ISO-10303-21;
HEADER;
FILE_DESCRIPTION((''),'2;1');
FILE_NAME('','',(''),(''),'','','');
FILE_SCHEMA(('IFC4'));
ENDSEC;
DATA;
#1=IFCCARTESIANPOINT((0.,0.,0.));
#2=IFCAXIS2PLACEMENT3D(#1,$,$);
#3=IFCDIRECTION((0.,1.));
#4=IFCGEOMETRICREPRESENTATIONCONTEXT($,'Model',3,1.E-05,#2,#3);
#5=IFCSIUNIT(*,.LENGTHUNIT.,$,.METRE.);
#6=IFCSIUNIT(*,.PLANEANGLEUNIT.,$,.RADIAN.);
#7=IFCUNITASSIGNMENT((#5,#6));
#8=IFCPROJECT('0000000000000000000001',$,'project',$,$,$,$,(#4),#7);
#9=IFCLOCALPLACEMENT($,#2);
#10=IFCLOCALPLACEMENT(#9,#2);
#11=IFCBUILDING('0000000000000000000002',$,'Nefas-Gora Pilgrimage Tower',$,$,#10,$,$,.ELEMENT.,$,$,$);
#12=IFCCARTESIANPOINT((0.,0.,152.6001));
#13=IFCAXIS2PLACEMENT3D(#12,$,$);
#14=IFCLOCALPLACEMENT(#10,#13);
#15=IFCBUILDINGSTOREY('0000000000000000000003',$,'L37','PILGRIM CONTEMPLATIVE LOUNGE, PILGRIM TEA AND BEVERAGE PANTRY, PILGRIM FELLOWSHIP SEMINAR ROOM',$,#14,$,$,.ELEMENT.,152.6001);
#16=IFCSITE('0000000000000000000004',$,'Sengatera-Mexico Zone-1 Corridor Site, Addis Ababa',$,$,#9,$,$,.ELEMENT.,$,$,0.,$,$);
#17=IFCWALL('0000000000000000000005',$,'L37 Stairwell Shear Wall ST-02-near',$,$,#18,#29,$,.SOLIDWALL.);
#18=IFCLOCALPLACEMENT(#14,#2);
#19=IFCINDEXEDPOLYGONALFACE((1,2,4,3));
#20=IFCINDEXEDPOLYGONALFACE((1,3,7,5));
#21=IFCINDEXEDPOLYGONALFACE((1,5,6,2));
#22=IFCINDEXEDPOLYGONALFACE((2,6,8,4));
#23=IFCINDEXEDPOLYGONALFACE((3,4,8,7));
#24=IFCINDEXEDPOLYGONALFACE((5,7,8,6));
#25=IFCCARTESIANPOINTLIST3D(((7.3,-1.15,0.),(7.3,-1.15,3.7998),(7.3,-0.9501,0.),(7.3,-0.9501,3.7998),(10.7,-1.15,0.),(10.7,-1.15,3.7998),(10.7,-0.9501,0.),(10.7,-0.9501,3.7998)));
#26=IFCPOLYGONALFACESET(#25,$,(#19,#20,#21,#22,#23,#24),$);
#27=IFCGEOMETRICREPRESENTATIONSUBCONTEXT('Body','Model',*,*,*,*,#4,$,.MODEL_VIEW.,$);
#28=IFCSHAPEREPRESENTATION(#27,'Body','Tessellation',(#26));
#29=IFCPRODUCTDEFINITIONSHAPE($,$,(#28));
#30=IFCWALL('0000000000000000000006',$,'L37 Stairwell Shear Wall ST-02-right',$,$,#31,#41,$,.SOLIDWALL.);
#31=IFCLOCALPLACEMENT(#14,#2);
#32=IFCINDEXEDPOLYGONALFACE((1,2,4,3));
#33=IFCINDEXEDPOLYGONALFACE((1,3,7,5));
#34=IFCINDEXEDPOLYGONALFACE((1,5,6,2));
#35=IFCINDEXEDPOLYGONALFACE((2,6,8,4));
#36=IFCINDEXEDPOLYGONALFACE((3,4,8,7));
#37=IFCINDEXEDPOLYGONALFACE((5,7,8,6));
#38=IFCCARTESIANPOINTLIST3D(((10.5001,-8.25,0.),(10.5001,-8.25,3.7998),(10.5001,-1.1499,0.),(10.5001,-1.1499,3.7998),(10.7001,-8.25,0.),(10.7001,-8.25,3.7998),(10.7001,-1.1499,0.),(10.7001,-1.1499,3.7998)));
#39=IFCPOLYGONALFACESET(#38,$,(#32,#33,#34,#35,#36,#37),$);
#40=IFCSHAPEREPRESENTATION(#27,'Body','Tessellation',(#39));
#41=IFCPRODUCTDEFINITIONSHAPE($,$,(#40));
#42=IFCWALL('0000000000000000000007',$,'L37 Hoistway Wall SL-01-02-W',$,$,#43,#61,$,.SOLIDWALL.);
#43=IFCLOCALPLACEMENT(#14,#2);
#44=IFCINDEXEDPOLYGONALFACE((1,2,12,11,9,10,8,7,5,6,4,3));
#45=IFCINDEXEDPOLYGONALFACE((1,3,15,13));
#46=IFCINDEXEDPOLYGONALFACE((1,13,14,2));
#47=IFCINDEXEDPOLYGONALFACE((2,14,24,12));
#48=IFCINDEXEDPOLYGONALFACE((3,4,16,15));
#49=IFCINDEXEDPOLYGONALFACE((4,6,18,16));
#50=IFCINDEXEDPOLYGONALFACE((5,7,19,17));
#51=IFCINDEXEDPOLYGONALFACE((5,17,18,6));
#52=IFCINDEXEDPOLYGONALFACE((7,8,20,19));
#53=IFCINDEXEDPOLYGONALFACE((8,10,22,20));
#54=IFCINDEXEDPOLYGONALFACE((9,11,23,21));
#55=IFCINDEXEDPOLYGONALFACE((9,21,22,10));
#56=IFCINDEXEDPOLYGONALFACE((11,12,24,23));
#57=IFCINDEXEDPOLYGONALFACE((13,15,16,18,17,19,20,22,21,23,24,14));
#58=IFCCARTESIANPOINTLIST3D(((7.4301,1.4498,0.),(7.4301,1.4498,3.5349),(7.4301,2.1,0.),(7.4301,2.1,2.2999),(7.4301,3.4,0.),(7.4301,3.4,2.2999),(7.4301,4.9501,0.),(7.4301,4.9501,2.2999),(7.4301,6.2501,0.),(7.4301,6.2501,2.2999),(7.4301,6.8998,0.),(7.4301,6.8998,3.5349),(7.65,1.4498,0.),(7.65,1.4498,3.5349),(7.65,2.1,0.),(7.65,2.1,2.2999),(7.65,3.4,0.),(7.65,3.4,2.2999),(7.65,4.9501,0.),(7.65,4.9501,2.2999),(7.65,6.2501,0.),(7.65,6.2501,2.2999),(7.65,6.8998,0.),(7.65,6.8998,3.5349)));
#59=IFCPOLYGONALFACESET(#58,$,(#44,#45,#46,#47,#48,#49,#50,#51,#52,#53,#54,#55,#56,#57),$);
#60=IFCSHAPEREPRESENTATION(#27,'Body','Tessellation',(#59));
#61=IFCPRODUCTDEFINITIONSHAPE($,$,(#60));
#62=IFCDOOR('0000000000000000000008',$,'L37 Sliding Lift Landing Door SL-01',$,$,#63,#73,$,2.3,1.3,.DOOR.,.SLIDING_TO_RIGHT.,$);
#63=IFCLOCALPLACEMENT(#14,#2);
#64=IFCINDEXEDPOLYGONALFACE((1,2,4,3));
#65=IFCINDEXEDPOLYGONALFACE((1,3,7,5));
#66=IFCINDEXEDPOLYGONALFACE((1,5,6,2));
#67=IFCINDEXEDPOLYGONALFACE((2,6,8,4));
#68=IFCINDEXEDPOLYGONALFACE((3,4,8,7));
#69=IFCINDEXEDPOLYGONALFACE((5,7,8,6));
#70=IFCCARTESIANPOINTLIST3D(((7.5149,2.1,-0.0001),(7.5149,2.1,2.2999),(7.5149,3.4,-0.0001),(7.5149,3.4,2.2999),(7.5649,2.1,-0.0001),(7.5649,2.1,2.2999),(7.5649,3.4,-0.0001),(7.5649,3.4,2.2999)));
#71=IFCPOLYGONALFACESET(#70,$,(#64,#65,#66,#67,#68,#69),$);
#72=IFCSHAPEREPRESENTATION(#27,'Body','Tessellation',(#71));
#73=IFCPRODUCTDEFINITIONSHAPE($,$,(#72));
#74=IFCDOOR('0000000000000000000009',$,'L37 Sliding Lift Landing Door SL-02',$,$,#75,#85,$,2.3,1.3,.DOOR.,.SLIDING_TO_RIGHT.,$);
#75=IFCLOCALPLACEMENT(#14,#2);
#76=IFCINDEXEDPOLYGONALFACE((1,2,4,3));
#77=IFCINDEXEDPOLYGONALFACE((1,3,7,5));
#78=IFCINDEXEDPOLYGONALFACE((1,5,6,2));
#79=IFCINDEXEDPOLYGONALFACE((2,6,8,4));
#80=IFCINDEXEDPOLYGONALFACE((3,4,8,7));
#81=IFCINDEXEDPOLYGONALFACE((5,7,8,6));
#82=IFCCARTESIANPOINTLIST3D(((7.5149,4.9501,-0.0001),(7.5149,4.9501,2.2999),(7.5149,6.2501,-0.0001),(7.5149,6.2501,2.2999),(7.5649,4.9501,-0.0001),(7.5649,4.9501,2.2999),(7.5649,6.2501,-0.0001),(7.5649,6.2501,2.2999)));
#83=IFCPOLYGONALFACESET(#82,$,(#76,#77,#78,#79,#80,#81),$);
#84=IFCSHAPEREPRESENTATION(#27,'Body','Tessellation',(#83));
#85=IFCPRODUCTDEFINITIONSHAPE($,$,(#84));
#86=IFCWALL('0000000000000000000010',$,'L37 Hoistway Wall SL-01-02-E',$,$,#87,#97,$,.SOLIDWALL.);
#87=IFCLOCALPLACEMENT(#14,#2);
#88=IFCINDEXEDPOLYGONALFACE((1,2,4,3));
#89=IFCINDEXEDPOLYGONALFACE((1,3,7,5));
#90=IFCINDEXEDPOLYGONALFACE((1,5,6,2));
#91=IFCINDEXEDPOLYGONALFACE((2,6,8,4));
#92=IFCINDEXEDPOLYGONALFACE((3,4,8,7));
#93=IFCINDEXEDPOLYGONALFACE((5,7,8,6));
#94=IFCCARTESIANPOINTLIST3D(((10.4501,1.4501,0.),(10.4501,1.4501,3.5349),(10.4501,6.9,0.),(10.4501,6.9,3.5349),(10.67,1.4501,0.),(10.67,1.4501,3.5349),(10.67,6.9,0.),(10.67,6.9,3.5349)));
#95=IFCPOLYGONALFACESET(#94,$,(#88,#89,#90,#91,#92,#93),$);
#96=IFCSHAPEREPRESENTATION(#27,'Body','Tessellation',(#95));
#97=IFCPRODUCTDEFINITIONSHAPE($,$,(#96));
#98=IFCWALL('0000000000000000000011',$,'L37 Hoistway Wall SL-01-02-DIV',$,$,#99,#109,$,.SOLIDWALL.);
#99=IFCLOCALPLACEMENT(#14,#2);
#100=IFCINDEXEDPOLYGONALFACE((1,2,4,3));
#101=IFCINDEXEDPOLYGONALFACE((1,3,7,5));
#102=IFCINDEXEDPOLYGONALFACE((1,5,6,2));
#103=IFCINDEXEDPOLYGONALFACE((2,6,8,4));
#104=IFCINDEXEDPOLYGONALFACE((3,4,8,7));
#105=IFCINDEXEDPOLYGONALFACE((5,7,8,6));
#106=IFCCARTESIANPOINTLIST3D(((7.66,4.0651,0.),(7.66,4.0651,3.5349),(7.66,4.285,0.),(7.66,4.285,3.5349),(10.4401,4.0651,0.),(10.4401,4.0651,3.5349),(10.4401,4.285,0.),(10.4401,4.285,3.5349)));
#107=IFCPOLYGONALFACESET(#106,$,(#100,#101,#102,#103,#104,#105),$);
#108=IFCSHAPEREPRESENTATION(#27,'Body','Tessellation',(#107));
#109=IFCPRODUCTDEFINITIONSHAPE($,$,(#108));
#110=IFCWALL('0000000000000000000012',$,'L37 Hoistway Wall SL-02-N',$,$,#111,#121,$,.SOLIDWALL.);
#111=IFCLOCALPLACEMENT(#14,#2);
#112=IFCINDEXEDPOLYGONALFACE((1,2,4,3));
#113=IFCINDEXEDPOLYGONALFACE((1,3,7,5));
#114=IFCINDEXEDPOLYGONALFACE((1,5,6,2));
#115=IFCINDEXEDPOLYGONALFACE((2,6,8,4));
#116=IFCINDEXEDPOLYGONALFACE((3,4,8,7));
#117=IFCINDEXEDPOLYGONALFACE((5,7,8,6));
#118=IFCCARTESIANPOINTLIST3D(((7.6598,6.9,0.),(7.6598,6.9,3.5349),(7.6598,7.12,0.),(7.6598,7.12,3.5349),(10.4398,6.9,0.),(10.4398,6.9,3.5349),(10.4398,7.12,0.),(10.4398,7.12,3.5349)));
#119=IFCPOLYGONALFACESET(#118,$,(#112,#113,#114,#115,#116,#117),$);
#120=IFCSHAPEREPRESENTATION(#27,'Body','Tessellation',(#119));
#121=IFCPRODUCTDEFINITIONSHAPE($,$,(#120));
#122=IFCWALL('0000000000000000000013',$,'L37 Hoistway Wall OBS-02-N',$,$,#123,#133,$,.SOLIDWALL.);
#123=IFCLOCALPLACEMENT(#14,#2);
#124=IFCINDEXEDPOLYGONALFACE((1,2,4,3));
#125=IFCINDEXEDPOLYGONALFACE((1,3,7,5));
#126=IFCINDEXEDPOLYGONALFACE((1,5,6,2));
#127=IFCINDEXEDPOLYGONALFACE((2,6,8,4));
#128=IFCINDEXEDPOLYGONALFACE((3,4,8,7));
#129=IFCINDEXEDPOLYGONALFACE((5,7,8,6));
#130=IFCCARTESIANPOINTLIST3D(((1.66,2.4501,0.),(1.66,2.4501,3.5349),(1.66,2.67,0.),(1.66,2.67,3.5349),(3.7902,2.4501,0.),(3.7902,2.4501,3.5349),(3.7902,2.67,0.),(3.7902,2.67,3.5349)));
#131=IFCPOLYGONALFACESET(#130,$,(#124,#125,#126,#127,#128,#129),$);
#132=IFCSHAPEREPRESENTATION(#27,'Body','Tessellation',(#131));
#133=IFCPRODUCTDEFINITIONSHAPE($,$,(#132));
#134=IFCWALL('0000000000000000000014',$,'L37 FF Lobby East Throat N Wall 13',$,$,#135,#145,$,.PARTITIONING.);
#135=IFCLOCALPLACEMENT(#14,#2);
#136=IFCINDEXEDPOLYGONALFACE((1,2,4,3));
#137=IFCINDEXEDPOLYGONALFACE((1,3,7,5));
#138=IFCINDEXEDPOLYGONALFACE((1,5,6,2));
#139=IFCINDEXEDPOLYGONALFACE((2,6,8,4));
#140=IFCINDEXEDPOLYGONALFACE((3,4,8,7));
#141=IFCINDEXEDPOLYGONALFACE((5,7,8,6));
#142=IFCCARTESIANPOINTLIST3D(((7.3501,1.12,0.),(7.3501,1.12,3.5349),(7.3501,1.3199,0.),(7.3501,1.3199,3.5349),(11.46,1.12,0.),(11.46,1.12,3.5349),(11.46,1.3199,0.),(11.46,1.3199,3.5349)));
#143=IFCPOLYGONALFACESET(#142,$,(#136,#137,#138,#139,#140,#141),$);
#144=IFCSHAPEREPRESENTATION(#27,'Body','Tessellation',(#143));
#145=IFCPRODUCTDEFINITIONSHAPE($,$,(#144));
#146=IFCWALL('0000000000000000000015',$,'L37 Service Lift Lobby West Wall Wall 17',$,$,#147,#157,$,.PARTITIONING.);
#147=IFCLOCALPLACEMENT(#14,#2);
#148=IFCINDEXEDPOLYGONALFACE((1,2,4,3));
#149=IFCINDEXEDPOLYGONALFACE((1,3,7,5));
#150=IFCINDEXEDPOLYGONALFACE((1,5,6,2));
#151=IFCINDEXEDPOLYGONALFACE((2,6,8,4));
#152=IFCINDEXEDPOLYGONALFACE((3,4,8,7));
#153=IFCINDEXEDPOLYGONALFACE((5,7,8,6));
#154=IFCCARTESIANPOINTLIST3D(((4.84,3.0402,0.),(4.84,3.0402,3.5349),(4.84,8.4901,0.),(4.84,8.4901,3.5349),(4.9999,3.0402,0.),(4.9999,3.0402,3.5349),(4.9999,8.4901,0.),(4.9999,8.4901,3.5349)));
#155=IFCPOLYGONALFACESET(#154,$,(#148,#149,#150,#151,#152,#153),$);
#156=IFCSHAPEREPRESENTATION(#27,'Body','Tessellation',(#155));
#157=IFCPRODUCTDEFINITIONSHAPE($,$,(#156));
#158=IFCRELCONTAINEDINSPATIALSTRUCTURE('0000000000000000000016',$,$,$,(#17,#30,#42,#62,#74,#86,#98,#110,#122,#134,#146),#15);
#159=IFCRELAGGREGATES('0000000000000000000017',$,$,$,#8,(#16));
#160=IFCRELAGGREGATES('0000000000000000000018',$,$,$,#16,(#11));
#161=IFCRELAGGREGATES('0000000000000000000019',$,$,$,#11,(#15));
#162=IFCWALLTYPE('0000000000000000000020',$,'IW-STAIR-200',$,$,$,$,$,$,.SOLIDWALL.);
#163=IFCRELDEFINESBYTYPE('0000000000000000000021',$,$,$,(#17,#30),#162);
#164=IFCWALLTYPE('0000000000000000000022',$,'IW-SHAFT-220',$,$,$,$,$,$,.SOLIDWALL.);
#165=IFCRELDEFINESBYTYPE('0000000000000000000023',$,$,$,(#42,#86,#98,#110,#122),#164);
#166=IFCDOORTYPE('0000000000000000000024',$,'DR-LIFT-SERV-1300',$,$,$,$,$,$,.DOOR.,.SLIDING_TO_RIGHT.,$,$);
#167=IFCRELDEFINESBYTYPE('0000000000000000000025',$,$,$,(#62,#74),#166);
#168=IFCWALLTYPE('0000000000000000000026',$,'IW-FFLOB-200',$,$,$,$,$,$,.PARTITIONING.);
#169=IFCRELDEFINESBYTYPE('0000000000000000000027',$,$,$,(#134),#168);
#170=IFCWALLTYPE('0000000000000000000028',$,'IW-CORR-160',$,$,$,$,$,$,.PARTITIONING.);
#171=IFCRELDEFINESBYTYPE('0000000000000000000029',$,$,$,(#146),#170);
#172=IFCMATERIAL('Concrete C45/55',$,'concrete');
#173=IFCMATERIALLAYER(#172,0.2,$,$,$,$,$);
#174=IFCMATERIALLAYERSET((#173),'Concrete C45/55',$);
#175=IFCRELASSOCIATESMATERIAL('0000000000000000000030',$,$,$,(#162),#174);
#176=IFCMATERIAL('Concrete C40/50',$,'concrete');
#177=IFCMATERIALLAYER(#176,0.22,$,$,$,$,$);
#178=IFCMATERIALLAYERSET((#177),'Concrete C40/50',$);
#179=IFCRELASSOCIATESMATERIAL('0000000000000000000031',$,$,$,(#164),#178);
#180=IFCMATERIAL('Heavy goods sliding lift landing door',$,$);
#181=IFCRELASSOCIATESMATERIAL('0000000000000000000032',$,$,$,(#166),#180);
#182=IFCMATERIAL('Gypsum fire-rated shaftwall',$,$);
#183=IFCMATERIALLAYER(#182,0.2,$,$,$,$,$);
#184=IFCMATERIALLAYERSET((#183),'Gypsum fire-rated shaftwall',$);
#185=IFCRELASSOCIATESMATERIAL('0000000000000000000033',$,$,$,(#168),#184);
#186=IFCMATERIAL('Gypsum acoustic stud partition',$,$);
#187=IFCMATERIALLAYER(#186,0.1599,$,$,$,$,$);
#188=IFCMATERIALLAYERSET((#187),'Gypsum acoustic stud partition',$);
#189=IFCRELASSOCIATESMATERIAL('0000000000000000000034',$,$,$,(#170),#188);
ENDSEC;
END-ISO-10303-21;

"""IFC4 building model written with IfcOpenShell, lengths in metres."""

from ifc_helpers import new_model, si_unit, direction, frame, frame_2d, origin, place, context, subcontext, project, spatial, rectangle, extrude, source, transform, mapped, material, layer, layer_set, type_object, element, fill, save


model = new_model("IFC4")

# Units and contexts
model_context = context("Model", 3, precision=1e-05, world=origin(), true_north=direction((0.0, 1.0)))
body_context = subcontext(model_context, "Body", "Model", "MODEL_VIEW")
ifc_project = project(units=[si_unit("LENGTHUNIT", "METRE"), si_unit("PLANEANGLEUNIT", "RADIAN")], contexts=[model_context])

# Site, building, storey
site_placement = place(None, origin())
site = spatial("IfcSite", under=ifc_project, at=site_placement, Name="Sengatera-Mexico Zone-1 Corridor Site, Addis Ababa", CompositionType="ELEMENT", RefElevation=0.0)
building_placement = place(site_placement, origin())
building = spatial("IfcBuilding", under=site, at=building_placement, Name="Nefas-Gora Pilgrimage Tower", CompositionType="ELEMENT")
storey_placement = place(building_placement, frame((0.0, 0.0, 152.6001)))
storey = spatial("IfcBuildingStorey", under=building, at=storey_placement, Name="L37", Description="PILGRIM CONTEMPLATIVE LOUNGE, PILGRIM TEA AND BEVERAGE PANTRY, PILGRIM FELLOWSHIP SEMINAR ROOM", CompositionType="ELEMENT", Elevation=152.6001)

# Walls
ifc_material_1 = material(Name="Concrete C45/55", Category="concrete")
ifc_layer_1 = layer(ifc_material_1, 0.2)
ifc_layer_set_1 = layer_set([ifc_layer_1], Name="Concrete C45/55")
wall_type_1 = type_object("IfcWallType", Name="IW-STAIR-200", PredefinedType="SOLIDWALL", material=ifc_layer_set_1)
shared_shape_1 = source(origin(), body_context, "Body", "SweptSolid", [
    extrude(rectangle(XDim=3.3999, YDim=0.2, at=frame_2d((1.7, 0.0))), origin(), (0.0, 0.0, 1.0), 3.7998),
])
wall_1_placement = place(storey_placement, frame((7.3, -1.05, 0.0), z_axis=(0.0, 0.0, 1.0), x_axis=(1.0, 0.0, 0.0)))
element("IfcWall", 1, at=wall_1_placement, inside=storey, type_object=wall_type_1, Name="L37 Stairwell Shear Wall ST-02-near", PredefinedType="SOLIDWALL", context=body_context, shape_type="MappedRepresentation", body=[
    mapped(shared_shape_1, transform((0.0, 0.0, 0.0), x_axis=(1.0, 0.0, 0.0), y_axis=(0.0, 1.0, 0.0), z_axis=(0.0, 0.0, 1.0), scale=1.0)),
])
shared_shape_2 = source(origin(), body_context, "Body", "SweptSolid", [
    extrude(rectangle(XDim=7.1001, YDim=0.2, at=frame_2d((3.55, 0.0))), origin(), (0.0, 0.0, 1.0), 3.7998),
])
wall_2_placement = place(storey_placement, frame((10.6001, -1.1499, 0.0), z_axis=(0.0, 0.0, 1.0), x_axis=(0.0, -1.0, 0.0)))
element("IfcWall", 2, at=wall_2_placement, inside=storey, type_object=wall_type_1, Name="L37 Stairwell Shear Wall ST-02-right", PredefinedType="SOLIDWALL", context=body_context, shape_type="MappedRepresentation", body=[
    mapped(shared_shape_2, transform((0.0, 0.0, 0.0), x_axis=(1.0, 0.0, 0.0), y_axis=(0.0, 1.0, 0.0), z_axis=(0.0, 0.0, 1.0), scale=1.0)),
])

# Wall, openings, doors
ifc_material_2 = material(Name="Concrete C40/50", Category="concrete")
ifc_layer_2 = layer(ifc_material_2, 0.22)
ifc_layer_set_2 = layer_set([ifc_layer_2], Name="Concrete C40/50")
wall_type_2 = type_object("IfcWallType", Name="IW-SHAFT-220", PredefinedType="SOLIDWALL", material=ifc_layer_set_2)
shared_shape_3 = source(origin(), body_context, "Body", "SweptSolid", [
    extrude(rectangle(XDim=5.45, YDim=0.22, at=frame_2d((2.7251, 0.0))), origin(), (0.0, 0.0, 1.0), 3.5349),
])
wall_3_placement = place(storey_placement, frame((7.54, 6.8999, 0.0), z_axis=(0.0, 0.0, 1.0), x_axis=(0.0, -1.0, 0.0)))
wall_3 = element("IfcWall", 3, at=wall_3_placement, inside=storey, type_object=wall_type_2, Name="L37 Hoistway Wall SL-01-02-W", PredefinedType="SOLIDWALL", context=body_context, shape_type="MappedRepresentation", body=[
    mapped(shared_shape_3, transform((0.0, 0.0, 0.0), x_axis=(1.0, 0.0, 0.0), y_axis=(0.0, 1.0, 0.0), z_axis=(0.0, 0.0, 1.0), scale=1.0)),
])
opening_1_placement = place(wall_3_placement, frame((3.5, 0.0, 0.0)))
opening_1 = element("IfcOpeningElement", 4, at=opening_1_placement, cuts=wall_3, PredefinedType="OPENING", context=body_context, shape_type="SweptSolid", body=[
    extrude(rectangle(XDim=1.3, YDim=2.3, at=frame_2d((0.6499, 1.1499))), frame((0.0, 0.1199, 0.0), z_axis=(0.0, -1.0, 0.0), x_axis=(1.0, 0.0, 0.0)), (0.0, 0.0, 1.0), 0.24),
])
opening_2_placement = place(wall_3_placement, frame((0.6499, 0.0, 0.0)))
opening_2 = element("IfcOpeningElement", 5, at=opening_2_placement, cuts=wall_3, PredefinedType="OPENING", context=body_context, shape_type="SweptSolid", body=[
    extrude(rectangle(XDim=1.3, YDim=2.3, at=frame_2d((0.6499, 1.1499))), frame((0.0, 0.1199, 0.0), z_axis=(0.0, -1.0, 0.0), x_axis=(1.0, 0.0, 0.0)), (0.0, 0.0, 1.0), 0.24),
])
ifc_material_3 = material(Name="Heavy goods sliding lift landing door")
door_type_1 = type_object("IfcDoorType", Name="DR-LIFT-SERV-1300", OperationType="SLIDING_TO_RIGHT", PredefinedType="DOOR", material=ifc_material_3)
shared_shape_4 = source(origin(), body_context, "Body", "SweptSolid", [
    extrude(rectangle(XDim=1.3, YDim=2.3, at=frame_2d((0.6499, 1.1499))), frame((0.0, 0.0249, 0.0), z_axis=(0.0, -1.0, 0.0), x_axis=(1.0, 0.0, 0.0)), (0.0, 0.0, 1.0), 0.05),
])
door_1_placement = place(opening_1_placement, origin())
door_1 = element("IfcDoor", 6, at=door_1_placement, inside=storey, type_object=door_type_1, Name="L37 Sliding Lift Landing Door SL-01", OperationType="SLIDING_TO_RIGHT", OverallHeight=2.3, OverallWidth=1.3, PredefinedType="DOOR", context=body_context, shape_type="MappedRepresentation", body=[
    mapped(shared_shape_4, transform((0.0, 0.0, 0.0), x_axis=(1.0, 0.0, 0.0), y_axis=(0.0, 1.0, 0.0), z_axis=(0.0, 0.0, 1.0), scale=1.0)),
])
fill(opening_1, door_1)
door_2_placement = place(opening_2_placement, origin())
door_2 = element("IfcDoor", 7, at=door_2_placement, inside=storey, type_object=door_type_1, Name="L37 Sliding Lift Landing Door SL-02", OperationType="SLIDING_TO_RIGHT", OverallHeight=2.3, OverallWidth=1.3, PredefinedType="DOOR", context=body_context, shape_type="MappedRepresentation", body=[
    mapped(shared_shape_4, transform((0.0, 0.0, 0.0), x_axis=(1.0, 0.0, 0.0), y_axis=(0.0, 1.0, 0.0), z_axis=(0.0, 0.0, 1.0), scale=1.0)),
])
fill(opening_2, door_2)

# Walls
wall_4_placement = place(storey_placement, frame((10.5601, 1.45, 0.0), z_axis=(0.0, 0.0, 1.0), x_axis=(0.0, 1.0, 0.0)))
element("IfcWall", 8, at=wall_4_placement, inside=storey, type_object=wall_type_2, Name="L37 Hoistway Wall SL-01-02-E", PredefinedType="SOLIDWALL", context=body_context, shape_type="MappedRepresentation", body=[
    mapped(shared_shape_3, transform((0.0, 0.0, 0.0), x_axis=(1.0, 0.0, 0.0), y_axis=(0.0, 1.0, 0.0), z_axis=(0.0, 0.0, 1.0), scale=1.0)),
])
shared_shape_5 = source(origin(), body_context, "Body", "SweptSolid", [
    extrude(rectangle(XDim=2.78, YDim=0.22, at=frame_2d((1.3901, 0.0))), origin(), (0.0, 0.0, 1.0), 3.5349),
])
for number, where, z_axis, x_axis, name in (
    (9, (7.6599, 4.175, 0.0), (0.0, 0.0, 1.0), (1.0, 0.0, 0.0), "L37 Hoistway Wall SL-01-02-DIV"),
    (10, (10.4399, 7.01, 0.0), (0.0, 0.0, 1.0), (-1.0, 0.0, 0.0), "L37 Hoistway Wall SL-02-N"),
):
    element("IfcWall", number, at=place(storey_placement, frame(where, z_axis=z_axis, x_axis=x_axis)), inside=storey, type_object=wall_type_2, Name=name, PredefinedType="SOLIDWALL", context=body_context, shape_type="MappedRepresentation", body=[
        mapped(shared_shape_5, transform((0.0, 0.0, 0.0), x_axis=(1.0, 0.0, 0.0), y_axis=(0.0, 1.0, 0.0), z_axis=(0.0, 0.0, 1.0), scale=1.0)),
    ])
shared_shape_6 = source(origin(), body_context, "Body", "SweptSolid", [
    extrude(rectangle(XDim=2.1301, YDim=0.22, at=frame_2d((1.0649, 0.0))), origin(), (0.0, 0.0, 1.0), 3.5349),
])
wall_5_placement = place(storey_placement, frame((3.79, 2.5601, 0.0), z_axis=(0.0, 0.0, 1.0), x_axis=(-1.0, 0.0, 0.0)))
element("IfcWall", 11, at=wall_5_placement, inside=storey, type_object=wall_type_2, Name="L37 Hoistway Wall OBS-02-N", PredefinedType="SOLIDWALL", context=body_context, shape_type="MappedRepresentation", body=[
    mapped(shared_shape_6, transform((0.0, 0.0, 0.0), x_axis=(1.0, 0.0, 0.0), y_axis=(0.0, 1.0, 0.0), z_axis=(0.0, 0.0, 1.0), scale=1.0)),
])

# Shared definitions
ifc_material_4 = material(Name="Gypsum fire-rated shaftwall")
ifc_layer_3 = layer(ifc_material_4, 0.2)
ifc_layer_set_3 = layer_set([ifc_layer_3], Name="Gypsum fire-rated shaftwall")
wall_type_3 = type_object("IfcWallType", Name="IW-FFLOB-200", PredefinedType="PARTITIONING", material=ifc_layer_set_3)

# Walls
shared_shape_7 = source(origin(), body_context, "Body", "SweptSolid", [
    extrude(rectangle(XDim=4.1099, YDim=0.2, at=frame_2d((2.0549, 0.0))), origin(), (0.0, 0.0, 1.0), 3.5349),
])
wall_6_placement = place(storey_placement, frame((7.3501, 1.22, 0.0), z_axis=(0.0, 0.0, 1.0), x_axis=(1.0, 0.0, 0.0)))
element("IfcWall", 12, at=wall_6_placement, inside=storey, type_object=wall_type_3, Name="L37 FF Lobby East Throat N Wall 13", PredefinedType="PARTITIONING", context=body_context, shape_type="MappedRepresentation", body=[
    mapped(shared_shape_7, transform((0.0, 0.0, 0.0), x_axis=(1.0, 0.0, 0.0), y_axis=(0.0, 1.0, 0.0), z_axis=(0.0, 0.0, 1.0), scale=1.0)),
])
ifc_material_5 = material(Name="Gypsum acoustic stud partition")
ifc_layer_4 = layer(ifc_material_5, 0.1599)
ifc_layer_set_4 = layer_set([ifc_layer_4], Name="Gypsum acoustic stud partition")
wall_type_4 = type_object("IfcWallType", Name="IW-CORR-160", PredefinedType="PARTITIONING", material=ifc_layer_set_4)
shared_shape_8 = source(origin(), body_context, "Body", "SweptSolid", [
    extrude(rectangle(XDim=5.45, YDim=0.1599, at=frame_2d((2.7251, 0.0))), origin(), (0.0, 0.0, 1.0), 3.5349),
])
wall_7_placement = place(storey_placement, frame((4.9199, 3.04, 0.0), z_axis=(0.0, 0.0, 1.0), x_axis=(0.0, 1.0, 0.0)))
element("IfcWall", 13, at=wall_7_placement, inside=storey, type_object=wall_type_4, Name="L37 Service Lift Lobby West Wall Wall 17", PredefinedType="PARTITIONING", context=body_context, shape_type="MappedRepresentation", body=[
    mapped(shared_shape_8, transform((0.0, 0.0, 0.0), x_axis=(1.0, 0.0, 0.0), y_axis=(0.0, 1.0, 0.0), z_axis=(0.0, 0.0, 1.0), scale=1.0)),
])

save(model, "model.ifc")
